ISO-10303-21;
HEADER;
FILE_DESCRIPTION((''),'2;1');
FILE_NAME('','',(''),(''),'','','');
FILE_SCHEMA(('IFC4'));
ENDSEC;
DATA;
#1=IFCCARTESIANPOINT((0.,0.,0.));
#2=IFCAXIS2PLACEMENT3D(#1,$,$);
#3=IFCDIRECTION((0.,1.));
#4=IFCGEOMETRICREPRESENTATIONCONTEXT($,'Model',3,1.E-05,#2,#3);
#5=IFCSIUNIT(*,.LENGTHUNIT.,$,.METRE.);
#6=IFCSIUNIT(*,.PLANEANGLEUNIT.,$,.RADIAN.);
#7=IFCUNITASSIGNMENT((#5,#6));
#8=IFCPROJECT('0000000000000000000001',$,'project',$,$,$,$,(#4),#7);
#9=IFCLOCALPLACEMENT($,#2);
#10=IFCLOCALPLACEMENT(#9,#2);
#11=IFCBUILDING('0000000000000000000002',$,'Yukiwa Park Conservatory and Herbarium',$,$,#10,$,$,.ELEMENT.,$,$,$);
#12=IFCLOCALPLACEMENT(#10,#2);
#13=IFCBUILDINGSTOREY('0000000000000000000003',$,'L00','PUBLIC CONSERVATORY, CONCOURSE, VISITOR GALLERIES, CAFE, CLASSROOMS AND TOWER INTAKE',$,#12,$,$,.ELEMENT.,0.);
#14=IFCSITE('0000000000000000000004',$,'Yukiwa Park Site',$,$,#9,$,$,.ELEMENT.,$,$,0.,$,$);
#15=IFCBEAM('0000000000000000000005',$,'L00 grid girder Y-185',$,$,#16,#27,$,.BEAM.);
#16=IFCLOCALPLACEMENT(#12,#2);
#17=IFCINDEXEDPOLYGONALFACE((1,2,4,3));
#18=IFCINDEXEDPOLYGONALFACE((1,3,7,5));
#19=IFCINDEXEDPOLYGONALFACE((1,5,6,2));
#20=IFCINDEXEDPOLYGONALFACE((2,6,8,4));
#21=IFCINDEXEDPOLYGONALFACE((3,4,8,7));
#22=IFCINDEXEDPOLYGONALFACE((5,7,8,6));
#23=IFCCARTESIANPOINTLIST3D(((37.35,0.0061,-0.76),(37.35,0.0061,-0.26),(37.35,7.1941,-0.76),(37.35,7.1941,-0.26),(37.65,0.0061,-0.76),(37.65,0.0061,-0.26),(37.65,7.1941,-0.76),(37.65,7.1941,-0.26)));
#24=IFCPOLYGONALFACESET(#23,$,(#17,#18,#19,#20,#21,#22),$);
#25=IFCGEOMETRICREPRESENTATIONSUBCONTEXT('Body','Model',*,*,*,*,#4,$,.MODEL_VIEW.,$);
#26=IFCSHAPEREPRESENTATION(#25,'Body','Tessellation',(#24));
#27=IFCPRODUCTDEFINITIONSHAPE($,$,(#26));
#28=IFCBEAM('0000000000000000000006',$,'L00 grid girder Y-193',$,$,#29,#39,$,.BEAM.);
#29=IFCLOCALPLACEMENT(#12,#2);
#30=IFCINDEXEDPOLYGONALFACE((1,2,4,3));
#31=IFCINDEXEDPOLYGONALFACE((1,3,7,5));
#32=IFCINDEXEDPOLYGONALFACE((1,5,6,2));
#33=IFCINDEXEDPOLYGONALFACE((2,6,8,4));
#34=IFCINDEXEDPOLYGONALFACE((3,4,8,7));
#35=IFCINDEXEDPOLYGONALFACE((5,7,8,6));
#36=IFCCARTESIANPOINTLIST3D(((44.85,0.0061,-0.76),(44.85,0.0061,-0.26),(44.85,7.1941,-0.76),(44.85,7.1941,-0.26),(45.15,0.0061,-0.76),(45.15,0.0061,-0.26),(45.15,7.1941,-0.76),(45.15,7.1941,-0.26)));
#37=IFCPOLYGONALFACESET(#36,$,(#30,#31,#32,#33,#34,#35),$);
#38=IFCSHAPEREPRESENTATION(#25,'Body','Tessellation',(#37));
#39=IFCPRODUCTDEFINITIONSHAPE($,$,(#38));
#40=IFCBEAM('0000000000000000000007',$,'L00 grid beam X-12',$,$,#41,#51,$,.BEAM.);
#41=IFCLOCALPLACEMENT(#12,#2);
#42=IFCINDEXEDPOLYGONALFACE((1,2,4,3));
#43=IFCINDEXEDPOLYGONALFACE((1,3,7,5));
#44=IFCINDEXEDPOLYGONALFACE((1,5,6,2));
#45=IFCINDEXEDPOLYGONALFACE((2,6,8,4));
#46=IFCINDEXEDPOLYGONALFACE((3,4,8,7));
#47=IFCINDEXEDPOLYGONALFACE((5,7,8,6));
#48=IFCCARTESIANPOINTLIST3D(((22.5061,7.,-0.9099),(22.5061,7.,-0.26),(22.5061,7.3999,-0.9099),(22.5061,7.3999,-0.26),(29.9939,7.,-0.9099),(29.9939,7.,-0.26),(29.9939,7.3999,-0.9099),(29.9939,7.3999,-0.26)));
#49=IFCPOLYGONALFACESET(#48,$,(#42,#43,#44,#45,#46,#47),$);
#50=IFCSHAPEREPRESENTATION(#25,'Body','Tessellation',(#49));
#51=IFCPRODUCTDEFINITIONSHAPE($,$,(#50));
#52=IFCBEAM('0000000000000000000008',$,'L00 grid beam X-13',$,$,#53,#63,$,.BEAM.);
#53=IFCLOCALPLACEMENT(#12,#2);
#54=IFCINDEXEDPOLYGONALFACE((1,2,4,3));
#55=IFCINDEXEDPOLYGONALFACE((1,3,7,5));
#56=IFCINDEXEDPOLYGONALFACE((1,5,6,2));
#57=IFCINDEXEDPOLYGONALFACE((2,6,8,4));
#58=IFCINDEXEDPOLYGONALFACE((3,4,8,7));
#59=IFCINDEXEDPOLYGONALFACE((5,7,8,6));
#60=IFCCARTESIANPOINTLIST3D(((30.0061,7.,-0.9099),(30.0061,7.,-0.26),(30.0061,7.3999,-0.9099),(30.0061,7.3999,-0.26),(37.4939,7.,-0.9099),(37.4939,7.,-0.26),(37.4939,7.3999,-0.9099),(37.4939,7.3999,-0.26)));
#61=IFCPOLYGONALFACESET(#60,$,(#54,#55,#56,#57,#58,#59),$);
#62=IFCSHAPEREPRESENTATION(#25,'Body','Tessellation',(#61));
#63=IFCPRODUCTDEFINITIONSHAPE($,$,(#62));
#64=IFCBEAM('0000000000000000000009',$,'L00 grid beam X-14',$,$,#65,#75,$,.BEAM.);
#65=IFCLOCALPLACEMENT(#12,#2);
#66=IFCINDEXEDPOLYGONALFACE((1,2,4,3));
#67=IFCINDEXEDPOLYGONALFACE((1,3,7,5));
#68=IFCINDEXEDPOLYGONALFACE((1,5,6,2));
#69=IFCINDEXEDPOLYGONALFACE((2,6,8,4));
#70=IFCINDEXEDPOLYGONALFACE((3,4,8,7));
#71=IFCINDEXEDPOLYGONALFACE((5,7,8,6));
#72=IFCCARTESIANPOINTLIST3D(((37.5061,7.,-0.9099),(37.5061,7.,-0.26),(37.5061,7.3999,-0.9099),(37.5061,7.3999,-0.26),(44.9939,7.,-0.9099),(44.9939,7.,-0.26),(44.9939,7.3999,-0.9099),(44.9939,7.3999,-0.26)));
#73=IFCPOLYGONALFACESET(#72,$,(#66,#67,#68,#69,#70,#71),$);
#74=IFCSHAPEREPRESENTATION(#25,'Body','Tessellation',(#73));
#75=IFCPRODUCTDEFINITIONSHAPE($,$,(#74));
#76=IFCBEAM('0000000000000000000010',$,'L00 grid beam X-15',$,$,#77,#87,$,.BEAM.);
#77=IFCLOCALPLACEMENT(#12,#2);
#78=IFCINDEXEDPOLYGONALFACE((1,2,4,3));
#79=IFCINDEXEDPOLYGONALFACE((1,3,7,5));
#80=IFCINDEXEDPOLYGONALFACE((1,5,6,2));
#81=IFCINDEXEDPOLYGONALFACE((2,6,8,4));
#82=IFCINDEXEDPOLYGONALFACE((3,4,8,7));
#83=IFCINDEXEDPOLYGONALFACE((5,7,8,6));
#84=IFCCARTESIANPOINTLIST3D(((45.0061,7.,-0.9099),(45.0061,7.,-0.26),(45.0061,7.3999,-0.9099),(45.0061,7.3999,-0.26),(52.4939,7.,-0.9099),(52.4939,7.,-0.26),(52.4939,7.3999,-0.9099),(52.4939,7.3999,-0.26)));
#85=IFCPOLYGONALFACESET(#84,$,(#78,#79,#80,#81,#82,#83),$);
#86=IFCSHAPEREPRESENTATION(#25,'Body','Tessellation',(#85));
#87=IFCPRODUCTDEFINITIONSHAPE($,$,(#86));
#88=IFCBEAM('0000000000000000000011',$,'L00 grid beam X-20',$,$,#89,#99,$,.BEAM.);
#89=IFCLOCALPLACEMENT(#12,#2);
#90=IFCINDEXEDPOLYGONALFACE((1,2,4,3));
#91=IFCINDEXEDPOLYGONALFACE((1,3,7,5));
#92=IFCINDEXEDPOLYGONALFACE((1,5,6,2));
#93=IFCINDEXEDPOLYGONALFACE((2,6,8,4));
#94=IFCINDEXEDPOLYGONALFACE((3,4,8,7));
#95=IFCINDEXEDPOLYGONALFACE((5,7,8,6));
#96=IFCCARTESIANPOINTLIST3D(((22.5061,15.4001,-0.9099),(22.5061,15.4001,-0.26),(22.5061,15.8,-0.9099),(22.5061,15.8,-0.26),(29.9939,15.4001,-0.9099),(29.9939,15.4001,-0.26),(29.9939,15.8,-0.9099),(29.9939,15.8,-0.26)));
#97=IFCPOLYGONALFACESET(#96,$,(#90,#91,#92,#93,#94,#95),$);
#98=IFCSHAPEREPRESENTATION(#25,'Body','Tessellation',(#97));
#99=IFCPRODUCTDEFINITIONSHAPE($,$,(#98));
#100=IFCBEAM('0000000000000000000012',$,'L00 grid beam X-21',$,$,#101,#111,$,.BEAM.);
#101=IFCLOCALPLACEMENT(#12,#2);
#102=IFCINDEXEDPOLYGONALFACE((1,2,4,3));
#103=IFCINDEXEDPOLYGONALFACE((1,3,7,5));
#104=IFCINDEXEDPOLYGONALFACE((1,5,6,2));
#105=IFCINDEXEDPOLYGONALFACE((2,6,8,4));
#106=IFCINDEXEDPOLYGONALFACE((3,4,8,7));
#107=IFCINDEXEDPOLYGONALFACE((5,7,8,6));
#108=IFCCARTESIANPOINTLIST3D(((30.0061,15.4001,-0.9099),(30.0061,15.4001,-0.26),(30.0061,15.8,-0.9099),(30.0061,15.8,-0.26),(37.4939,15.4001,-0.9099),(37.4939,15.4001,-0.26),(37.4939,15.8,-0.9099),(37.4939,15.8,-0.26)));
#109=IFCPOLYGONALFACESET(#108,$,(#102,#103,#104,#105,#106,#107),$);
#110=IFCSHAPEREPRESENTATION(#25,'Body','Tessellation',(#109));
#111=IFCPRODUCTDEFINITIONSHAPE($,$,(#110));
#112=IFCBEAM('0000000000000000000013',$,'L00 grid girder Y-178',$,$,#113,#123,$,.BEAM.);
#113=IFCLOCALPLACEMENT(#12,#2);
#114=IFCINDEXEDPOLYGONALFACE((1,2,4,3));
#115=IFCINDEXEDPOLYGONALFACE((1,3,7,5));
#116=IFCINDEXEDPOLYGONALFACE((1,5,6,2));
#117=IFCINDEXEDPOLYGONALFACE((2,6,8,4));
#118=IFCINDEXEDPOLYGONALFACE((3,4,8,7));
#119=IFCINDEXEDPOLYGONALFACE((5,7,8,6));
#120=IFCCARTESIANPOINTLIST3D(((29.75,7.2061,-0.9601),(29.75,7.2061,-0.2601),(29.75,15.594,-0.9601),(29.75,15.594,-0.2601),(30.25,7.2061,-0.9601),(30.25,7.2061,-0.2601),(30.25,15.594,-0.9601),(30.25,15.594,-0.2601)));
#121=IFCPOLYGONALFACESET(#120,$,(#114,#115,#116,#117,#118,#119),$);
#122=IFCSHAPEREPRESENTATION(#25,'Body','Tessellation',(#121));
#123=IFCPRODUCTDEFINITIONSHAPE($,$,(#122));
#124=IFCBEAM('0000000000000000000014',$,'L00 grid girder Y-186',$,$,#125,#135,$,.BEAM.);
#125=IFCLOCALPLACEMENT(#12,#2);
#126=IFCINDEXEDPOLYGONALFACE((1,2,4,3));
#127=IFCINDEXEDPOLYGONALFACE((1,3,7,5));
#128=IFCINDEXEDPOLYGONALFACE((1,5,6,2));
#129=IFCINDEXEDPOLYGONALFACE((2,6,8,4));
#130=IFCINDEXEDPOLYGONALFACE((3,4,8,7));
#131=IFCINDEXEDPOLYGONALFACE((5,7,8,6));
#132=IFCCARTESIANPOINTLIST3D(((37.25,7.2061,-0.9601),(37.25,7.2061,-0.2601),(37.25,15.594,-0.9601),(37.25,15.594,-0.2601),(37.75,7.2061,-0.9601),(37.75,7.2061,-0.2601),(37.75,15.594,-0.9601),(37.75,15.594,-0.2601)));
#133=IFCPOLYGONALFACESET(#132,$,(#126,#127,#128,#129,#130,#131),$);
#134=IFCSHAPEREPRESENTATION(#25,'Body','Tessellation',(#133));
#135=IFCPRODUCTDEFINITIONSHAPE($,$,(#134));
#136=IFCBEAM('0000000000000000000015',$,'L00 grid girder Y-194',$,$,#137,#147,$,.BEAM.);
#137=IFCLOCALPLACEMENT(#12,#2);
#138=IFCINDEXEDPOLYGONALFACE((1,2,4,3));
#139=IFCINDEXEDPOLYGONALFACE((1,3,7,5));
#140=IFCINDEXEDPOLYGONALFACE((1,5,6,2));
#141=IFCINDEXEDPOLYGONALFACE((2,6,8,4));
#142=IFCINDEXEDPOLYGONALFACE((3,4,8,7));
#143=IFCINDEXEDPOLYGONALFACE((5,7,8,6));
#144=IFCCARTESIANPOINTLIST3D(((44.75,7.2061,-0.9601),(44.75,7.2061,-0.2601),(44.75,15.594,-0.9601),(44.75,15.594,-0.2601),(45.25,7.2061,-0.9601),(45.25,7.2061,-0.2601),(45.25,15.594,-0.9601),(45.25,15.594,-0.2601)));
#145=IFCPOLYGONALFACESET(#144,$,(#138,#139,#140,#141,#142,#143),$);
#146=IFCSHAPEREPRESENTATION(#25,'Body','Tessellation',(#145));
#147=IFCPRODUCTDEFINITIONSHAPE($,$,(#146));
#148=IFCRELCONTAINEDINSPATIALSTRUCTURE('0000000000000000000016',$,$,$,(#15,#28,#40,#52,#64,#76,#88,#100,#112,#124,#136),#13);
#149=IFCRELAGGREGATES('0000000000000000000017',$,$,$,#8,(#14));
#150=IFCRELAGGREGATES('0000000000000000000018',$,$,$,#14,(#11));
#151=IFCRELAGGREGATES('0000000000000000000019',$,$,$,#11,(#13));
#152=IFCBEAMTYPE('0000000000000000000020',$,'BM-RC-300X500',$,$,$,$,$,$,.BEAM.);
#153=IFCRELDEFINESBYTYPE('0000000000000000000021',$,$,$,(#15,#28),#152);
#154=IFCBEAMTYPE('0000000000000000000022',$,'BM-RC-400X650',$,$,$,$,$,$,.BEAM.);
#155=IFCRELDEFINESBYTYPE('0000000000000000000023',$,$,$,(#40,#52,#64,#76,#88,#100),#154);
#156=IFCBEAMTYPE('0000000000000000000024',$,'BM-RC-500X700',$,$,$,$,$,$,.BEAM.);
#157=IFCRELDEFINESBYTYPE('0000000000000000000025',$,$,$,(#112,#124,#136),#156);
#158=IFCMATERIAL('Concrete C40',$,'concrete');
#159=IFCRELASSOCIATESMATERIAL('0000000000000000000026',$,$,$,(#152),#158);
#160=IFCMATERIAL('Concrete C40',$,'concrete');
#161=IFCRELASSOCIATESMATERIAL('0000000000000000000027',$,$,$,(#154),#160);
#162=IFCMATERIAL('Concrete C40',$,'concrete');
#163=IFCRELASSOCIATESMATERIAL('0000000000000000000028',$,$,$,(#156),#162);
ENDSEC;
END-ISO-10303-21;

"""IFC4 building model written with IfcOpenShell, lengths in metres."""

from ifc_helpers import new_model, si_unit, direction, frame, origin, origin_2d, place, context, subcontext, project, spatial, rectangle, extrude, material, material_profile, profile_set, type_object, element, save


model = new_model("IFC4")

# Units and contexts
model_context = context("Model", 3, precision=1e-05, world=origin(), true_north=direction((0.0, 1.0)))
body_context = subcontext(model_context, "Body", "Model", "MODEL_VIEW")
ifc_project = project(units=[si_unit("LENGTHUNIT", "METRE"), si_unit("PLANEANGLEUNIT", "RADIAN")], contexts=[model_context])

# Site, building, storey
site_placement = place(None, origin())
site = spatial("IfcSite", under=ifc_project, at=site_placement, Name="Yukiwa Park Site", CompositionType="ELEMENT", RefElevation=0.0)
building_placement = place(site_placement, origin())
building = spatial("IfcBuilding", under=site, at=building_placement, Name="Yukiwa Park Conservatory and Herbarium", CompositionType="ELEMENT")
storey_placement = place(building_placement, origin())
storey = spatial("IfcBuildingStorey", under=building, at=storey_placement, Name="L00", Description="PUBLIC CONSERVATORY, CONCOURSE, VISITOR GALLERIES, CAFE, CLASSROOMS AND TOWER INTAKE", CompositionType="ELEMENT", Elevation=0.0)

# Beams
ifc_material_1 = material(Name="Concrete C40", Category="concrete")
ifc_material_profile_1 = material_profile(ifc_material_1, rectangle(XDim=0.3, YDim=0.5, at=origin_2d()), Name="RC 300x500")
ifc_profile_set_1 = profile_set([ifc_material_profile_1], Name="Concrete C40")
beam_type_1 = type_object("IfcBeamType", Name="BM-RC-300X500", PredefinedType="BEAM", material=ifc_profile_set_1)
for number, where, z_axis, x_axis, name in (
    (1, (37.5, 0.0061, -0.51), (0.0, 1.0, 0.0), (-1.0, 0.0, 0.0), "L00 grid girder Y-185"),
    (2, (45.0, 0.0061, -0.51), (0.0, 1.0, 0.0), (-1.0, 0.0, 0.0), "L00 grid girder Y-193"),
):
    element("IfcBeam", number, at=place(storey_placement, frame(where, z_axis=z_axis, x_axis=x_axis)), inside=storey, type_object=beam_type_1, Name=name, PredefinedType="BEAM", context=body_context, shape_type="SweptSolid", body=[
        extrude(rectangle(XDim=0.3, YDim=0.5, at=origin_2d()), origin(), (0.0, 0.0, 1.0), 7.188),
    ])
ifc_material_2 = material(Name="Concrete C40", Category="concrete")
ifc_material_profile_2 = material_profile(ifc_material_2, rectangle(XDim=0.3999, YDim=0.6499, at=origin_2d()), Name="RC 400x650")
ifc_profile_set_2 = profile_set([ifc_material_profile_2], Name="Concrete C40")
beam_type_2 = type_object("IfcBeamType", Name="BM-RC-400X650", PredefinedType="BEAM", material=ifc_profile_set_2)
for number, where, z_axis, x_axis, name in (
    (3, (22.5061, 7.2, -0.585), (1.0, 0.0, 0.0), (0.0, 1.0, 0.0), "L00 grid beam X-12"),
    (4, (30.0061, 7.2, -0.585), (1.0, 0.0, 0.0), (0.0, 1.0, 0.0), "L00 grid beam X-13"),
    (5, (37.5061, 7.2, -0.585), (1.0, 0.0, 0.0), (0.0, 1.0, 0.0), "L00 grid beam X-14"),
    (6, (45.0061, 7.2, -0.585), (1.0, 0.0, 0.0), (0.0, 1.0, 0.0), "L00 grid beam X-15"),
    (7, (22.5061, 15.6001, -0.585), (1.0, 0.0, 0.0), (0.0, 1.0, 0.0), "L00 grid beam X-20"),
    (8, (30.0061, 15.6001, -0.585), (1.0, 0.0, 0.0), (0.0, 1.0, 0.0), "L00 grid beam X-21"),
):
    element("IfcBeam", number, at=place(storey_placement, frame(where, z_axis=z_axis, x_axis=x_axis)), inside=storey, type_object=beam_type_2, Name=name, PredefinedType="BEAM", context=body_context, shape_type="SweptSolid", body=[
        extrude(rectangle(XDim=0.3999, YDim=0.6499, at=origin_2d()), origin(), (0.0, 0.0, 1.0), 7.4878),
    ])
ifc_material_3 = material(Name="Concrete C40", Category="concrete")
ifc_material_profile_3 = material_profile(ifc_material_3, rectangle(XDim=0.5, YDim=0.7, at=origin_2d()), Name="RC 500x700")
ifc_profile_set_3 = profile_set([ifc_material_profile_3], Name="Concrete C40")
beam_type_3 = type_object("IfcBeamType", Name="BM-RC-500X700", PredefinedType="BEAM", material=ifc_profile_set_3)
for number, where, z_axis, x_axis, name in (
    (9, (30.0, 7.2061, -0.6101), (0.0, 1.0, 0.0), (-1.0, 0.0, 0.0), "L00 grid girder Y-178"),
    (10, (37.5, 7.2061, -0.6101), (0.0, 1.0, 0.0), (-1.0, 0.0, 0.0), "L00 grid girder Y-186"),
    (11, (45.0, 7.2061, -0.6101), (0.0, 1.0, 0.0), (-1.0, 0.0, 0.0), "L00 grid girder Y-194"),
):
    element("IfcBeam", number, at=place(storey_placement, frame(where, z_axis=z_axis, x_axis=x_axis)), inside=storey, type_object=beam_type_3, Name=name, PredefinedType="BEAM", context=body_context, shape_type="SweptSolid", body=[
        extrude(rectangle(XDim=0.5, YDim=0.7, at=origin_2d()), origin(), (0.0, 0.0, 1.0), 8.3879),
    ])

save(model, "model.ifc")
